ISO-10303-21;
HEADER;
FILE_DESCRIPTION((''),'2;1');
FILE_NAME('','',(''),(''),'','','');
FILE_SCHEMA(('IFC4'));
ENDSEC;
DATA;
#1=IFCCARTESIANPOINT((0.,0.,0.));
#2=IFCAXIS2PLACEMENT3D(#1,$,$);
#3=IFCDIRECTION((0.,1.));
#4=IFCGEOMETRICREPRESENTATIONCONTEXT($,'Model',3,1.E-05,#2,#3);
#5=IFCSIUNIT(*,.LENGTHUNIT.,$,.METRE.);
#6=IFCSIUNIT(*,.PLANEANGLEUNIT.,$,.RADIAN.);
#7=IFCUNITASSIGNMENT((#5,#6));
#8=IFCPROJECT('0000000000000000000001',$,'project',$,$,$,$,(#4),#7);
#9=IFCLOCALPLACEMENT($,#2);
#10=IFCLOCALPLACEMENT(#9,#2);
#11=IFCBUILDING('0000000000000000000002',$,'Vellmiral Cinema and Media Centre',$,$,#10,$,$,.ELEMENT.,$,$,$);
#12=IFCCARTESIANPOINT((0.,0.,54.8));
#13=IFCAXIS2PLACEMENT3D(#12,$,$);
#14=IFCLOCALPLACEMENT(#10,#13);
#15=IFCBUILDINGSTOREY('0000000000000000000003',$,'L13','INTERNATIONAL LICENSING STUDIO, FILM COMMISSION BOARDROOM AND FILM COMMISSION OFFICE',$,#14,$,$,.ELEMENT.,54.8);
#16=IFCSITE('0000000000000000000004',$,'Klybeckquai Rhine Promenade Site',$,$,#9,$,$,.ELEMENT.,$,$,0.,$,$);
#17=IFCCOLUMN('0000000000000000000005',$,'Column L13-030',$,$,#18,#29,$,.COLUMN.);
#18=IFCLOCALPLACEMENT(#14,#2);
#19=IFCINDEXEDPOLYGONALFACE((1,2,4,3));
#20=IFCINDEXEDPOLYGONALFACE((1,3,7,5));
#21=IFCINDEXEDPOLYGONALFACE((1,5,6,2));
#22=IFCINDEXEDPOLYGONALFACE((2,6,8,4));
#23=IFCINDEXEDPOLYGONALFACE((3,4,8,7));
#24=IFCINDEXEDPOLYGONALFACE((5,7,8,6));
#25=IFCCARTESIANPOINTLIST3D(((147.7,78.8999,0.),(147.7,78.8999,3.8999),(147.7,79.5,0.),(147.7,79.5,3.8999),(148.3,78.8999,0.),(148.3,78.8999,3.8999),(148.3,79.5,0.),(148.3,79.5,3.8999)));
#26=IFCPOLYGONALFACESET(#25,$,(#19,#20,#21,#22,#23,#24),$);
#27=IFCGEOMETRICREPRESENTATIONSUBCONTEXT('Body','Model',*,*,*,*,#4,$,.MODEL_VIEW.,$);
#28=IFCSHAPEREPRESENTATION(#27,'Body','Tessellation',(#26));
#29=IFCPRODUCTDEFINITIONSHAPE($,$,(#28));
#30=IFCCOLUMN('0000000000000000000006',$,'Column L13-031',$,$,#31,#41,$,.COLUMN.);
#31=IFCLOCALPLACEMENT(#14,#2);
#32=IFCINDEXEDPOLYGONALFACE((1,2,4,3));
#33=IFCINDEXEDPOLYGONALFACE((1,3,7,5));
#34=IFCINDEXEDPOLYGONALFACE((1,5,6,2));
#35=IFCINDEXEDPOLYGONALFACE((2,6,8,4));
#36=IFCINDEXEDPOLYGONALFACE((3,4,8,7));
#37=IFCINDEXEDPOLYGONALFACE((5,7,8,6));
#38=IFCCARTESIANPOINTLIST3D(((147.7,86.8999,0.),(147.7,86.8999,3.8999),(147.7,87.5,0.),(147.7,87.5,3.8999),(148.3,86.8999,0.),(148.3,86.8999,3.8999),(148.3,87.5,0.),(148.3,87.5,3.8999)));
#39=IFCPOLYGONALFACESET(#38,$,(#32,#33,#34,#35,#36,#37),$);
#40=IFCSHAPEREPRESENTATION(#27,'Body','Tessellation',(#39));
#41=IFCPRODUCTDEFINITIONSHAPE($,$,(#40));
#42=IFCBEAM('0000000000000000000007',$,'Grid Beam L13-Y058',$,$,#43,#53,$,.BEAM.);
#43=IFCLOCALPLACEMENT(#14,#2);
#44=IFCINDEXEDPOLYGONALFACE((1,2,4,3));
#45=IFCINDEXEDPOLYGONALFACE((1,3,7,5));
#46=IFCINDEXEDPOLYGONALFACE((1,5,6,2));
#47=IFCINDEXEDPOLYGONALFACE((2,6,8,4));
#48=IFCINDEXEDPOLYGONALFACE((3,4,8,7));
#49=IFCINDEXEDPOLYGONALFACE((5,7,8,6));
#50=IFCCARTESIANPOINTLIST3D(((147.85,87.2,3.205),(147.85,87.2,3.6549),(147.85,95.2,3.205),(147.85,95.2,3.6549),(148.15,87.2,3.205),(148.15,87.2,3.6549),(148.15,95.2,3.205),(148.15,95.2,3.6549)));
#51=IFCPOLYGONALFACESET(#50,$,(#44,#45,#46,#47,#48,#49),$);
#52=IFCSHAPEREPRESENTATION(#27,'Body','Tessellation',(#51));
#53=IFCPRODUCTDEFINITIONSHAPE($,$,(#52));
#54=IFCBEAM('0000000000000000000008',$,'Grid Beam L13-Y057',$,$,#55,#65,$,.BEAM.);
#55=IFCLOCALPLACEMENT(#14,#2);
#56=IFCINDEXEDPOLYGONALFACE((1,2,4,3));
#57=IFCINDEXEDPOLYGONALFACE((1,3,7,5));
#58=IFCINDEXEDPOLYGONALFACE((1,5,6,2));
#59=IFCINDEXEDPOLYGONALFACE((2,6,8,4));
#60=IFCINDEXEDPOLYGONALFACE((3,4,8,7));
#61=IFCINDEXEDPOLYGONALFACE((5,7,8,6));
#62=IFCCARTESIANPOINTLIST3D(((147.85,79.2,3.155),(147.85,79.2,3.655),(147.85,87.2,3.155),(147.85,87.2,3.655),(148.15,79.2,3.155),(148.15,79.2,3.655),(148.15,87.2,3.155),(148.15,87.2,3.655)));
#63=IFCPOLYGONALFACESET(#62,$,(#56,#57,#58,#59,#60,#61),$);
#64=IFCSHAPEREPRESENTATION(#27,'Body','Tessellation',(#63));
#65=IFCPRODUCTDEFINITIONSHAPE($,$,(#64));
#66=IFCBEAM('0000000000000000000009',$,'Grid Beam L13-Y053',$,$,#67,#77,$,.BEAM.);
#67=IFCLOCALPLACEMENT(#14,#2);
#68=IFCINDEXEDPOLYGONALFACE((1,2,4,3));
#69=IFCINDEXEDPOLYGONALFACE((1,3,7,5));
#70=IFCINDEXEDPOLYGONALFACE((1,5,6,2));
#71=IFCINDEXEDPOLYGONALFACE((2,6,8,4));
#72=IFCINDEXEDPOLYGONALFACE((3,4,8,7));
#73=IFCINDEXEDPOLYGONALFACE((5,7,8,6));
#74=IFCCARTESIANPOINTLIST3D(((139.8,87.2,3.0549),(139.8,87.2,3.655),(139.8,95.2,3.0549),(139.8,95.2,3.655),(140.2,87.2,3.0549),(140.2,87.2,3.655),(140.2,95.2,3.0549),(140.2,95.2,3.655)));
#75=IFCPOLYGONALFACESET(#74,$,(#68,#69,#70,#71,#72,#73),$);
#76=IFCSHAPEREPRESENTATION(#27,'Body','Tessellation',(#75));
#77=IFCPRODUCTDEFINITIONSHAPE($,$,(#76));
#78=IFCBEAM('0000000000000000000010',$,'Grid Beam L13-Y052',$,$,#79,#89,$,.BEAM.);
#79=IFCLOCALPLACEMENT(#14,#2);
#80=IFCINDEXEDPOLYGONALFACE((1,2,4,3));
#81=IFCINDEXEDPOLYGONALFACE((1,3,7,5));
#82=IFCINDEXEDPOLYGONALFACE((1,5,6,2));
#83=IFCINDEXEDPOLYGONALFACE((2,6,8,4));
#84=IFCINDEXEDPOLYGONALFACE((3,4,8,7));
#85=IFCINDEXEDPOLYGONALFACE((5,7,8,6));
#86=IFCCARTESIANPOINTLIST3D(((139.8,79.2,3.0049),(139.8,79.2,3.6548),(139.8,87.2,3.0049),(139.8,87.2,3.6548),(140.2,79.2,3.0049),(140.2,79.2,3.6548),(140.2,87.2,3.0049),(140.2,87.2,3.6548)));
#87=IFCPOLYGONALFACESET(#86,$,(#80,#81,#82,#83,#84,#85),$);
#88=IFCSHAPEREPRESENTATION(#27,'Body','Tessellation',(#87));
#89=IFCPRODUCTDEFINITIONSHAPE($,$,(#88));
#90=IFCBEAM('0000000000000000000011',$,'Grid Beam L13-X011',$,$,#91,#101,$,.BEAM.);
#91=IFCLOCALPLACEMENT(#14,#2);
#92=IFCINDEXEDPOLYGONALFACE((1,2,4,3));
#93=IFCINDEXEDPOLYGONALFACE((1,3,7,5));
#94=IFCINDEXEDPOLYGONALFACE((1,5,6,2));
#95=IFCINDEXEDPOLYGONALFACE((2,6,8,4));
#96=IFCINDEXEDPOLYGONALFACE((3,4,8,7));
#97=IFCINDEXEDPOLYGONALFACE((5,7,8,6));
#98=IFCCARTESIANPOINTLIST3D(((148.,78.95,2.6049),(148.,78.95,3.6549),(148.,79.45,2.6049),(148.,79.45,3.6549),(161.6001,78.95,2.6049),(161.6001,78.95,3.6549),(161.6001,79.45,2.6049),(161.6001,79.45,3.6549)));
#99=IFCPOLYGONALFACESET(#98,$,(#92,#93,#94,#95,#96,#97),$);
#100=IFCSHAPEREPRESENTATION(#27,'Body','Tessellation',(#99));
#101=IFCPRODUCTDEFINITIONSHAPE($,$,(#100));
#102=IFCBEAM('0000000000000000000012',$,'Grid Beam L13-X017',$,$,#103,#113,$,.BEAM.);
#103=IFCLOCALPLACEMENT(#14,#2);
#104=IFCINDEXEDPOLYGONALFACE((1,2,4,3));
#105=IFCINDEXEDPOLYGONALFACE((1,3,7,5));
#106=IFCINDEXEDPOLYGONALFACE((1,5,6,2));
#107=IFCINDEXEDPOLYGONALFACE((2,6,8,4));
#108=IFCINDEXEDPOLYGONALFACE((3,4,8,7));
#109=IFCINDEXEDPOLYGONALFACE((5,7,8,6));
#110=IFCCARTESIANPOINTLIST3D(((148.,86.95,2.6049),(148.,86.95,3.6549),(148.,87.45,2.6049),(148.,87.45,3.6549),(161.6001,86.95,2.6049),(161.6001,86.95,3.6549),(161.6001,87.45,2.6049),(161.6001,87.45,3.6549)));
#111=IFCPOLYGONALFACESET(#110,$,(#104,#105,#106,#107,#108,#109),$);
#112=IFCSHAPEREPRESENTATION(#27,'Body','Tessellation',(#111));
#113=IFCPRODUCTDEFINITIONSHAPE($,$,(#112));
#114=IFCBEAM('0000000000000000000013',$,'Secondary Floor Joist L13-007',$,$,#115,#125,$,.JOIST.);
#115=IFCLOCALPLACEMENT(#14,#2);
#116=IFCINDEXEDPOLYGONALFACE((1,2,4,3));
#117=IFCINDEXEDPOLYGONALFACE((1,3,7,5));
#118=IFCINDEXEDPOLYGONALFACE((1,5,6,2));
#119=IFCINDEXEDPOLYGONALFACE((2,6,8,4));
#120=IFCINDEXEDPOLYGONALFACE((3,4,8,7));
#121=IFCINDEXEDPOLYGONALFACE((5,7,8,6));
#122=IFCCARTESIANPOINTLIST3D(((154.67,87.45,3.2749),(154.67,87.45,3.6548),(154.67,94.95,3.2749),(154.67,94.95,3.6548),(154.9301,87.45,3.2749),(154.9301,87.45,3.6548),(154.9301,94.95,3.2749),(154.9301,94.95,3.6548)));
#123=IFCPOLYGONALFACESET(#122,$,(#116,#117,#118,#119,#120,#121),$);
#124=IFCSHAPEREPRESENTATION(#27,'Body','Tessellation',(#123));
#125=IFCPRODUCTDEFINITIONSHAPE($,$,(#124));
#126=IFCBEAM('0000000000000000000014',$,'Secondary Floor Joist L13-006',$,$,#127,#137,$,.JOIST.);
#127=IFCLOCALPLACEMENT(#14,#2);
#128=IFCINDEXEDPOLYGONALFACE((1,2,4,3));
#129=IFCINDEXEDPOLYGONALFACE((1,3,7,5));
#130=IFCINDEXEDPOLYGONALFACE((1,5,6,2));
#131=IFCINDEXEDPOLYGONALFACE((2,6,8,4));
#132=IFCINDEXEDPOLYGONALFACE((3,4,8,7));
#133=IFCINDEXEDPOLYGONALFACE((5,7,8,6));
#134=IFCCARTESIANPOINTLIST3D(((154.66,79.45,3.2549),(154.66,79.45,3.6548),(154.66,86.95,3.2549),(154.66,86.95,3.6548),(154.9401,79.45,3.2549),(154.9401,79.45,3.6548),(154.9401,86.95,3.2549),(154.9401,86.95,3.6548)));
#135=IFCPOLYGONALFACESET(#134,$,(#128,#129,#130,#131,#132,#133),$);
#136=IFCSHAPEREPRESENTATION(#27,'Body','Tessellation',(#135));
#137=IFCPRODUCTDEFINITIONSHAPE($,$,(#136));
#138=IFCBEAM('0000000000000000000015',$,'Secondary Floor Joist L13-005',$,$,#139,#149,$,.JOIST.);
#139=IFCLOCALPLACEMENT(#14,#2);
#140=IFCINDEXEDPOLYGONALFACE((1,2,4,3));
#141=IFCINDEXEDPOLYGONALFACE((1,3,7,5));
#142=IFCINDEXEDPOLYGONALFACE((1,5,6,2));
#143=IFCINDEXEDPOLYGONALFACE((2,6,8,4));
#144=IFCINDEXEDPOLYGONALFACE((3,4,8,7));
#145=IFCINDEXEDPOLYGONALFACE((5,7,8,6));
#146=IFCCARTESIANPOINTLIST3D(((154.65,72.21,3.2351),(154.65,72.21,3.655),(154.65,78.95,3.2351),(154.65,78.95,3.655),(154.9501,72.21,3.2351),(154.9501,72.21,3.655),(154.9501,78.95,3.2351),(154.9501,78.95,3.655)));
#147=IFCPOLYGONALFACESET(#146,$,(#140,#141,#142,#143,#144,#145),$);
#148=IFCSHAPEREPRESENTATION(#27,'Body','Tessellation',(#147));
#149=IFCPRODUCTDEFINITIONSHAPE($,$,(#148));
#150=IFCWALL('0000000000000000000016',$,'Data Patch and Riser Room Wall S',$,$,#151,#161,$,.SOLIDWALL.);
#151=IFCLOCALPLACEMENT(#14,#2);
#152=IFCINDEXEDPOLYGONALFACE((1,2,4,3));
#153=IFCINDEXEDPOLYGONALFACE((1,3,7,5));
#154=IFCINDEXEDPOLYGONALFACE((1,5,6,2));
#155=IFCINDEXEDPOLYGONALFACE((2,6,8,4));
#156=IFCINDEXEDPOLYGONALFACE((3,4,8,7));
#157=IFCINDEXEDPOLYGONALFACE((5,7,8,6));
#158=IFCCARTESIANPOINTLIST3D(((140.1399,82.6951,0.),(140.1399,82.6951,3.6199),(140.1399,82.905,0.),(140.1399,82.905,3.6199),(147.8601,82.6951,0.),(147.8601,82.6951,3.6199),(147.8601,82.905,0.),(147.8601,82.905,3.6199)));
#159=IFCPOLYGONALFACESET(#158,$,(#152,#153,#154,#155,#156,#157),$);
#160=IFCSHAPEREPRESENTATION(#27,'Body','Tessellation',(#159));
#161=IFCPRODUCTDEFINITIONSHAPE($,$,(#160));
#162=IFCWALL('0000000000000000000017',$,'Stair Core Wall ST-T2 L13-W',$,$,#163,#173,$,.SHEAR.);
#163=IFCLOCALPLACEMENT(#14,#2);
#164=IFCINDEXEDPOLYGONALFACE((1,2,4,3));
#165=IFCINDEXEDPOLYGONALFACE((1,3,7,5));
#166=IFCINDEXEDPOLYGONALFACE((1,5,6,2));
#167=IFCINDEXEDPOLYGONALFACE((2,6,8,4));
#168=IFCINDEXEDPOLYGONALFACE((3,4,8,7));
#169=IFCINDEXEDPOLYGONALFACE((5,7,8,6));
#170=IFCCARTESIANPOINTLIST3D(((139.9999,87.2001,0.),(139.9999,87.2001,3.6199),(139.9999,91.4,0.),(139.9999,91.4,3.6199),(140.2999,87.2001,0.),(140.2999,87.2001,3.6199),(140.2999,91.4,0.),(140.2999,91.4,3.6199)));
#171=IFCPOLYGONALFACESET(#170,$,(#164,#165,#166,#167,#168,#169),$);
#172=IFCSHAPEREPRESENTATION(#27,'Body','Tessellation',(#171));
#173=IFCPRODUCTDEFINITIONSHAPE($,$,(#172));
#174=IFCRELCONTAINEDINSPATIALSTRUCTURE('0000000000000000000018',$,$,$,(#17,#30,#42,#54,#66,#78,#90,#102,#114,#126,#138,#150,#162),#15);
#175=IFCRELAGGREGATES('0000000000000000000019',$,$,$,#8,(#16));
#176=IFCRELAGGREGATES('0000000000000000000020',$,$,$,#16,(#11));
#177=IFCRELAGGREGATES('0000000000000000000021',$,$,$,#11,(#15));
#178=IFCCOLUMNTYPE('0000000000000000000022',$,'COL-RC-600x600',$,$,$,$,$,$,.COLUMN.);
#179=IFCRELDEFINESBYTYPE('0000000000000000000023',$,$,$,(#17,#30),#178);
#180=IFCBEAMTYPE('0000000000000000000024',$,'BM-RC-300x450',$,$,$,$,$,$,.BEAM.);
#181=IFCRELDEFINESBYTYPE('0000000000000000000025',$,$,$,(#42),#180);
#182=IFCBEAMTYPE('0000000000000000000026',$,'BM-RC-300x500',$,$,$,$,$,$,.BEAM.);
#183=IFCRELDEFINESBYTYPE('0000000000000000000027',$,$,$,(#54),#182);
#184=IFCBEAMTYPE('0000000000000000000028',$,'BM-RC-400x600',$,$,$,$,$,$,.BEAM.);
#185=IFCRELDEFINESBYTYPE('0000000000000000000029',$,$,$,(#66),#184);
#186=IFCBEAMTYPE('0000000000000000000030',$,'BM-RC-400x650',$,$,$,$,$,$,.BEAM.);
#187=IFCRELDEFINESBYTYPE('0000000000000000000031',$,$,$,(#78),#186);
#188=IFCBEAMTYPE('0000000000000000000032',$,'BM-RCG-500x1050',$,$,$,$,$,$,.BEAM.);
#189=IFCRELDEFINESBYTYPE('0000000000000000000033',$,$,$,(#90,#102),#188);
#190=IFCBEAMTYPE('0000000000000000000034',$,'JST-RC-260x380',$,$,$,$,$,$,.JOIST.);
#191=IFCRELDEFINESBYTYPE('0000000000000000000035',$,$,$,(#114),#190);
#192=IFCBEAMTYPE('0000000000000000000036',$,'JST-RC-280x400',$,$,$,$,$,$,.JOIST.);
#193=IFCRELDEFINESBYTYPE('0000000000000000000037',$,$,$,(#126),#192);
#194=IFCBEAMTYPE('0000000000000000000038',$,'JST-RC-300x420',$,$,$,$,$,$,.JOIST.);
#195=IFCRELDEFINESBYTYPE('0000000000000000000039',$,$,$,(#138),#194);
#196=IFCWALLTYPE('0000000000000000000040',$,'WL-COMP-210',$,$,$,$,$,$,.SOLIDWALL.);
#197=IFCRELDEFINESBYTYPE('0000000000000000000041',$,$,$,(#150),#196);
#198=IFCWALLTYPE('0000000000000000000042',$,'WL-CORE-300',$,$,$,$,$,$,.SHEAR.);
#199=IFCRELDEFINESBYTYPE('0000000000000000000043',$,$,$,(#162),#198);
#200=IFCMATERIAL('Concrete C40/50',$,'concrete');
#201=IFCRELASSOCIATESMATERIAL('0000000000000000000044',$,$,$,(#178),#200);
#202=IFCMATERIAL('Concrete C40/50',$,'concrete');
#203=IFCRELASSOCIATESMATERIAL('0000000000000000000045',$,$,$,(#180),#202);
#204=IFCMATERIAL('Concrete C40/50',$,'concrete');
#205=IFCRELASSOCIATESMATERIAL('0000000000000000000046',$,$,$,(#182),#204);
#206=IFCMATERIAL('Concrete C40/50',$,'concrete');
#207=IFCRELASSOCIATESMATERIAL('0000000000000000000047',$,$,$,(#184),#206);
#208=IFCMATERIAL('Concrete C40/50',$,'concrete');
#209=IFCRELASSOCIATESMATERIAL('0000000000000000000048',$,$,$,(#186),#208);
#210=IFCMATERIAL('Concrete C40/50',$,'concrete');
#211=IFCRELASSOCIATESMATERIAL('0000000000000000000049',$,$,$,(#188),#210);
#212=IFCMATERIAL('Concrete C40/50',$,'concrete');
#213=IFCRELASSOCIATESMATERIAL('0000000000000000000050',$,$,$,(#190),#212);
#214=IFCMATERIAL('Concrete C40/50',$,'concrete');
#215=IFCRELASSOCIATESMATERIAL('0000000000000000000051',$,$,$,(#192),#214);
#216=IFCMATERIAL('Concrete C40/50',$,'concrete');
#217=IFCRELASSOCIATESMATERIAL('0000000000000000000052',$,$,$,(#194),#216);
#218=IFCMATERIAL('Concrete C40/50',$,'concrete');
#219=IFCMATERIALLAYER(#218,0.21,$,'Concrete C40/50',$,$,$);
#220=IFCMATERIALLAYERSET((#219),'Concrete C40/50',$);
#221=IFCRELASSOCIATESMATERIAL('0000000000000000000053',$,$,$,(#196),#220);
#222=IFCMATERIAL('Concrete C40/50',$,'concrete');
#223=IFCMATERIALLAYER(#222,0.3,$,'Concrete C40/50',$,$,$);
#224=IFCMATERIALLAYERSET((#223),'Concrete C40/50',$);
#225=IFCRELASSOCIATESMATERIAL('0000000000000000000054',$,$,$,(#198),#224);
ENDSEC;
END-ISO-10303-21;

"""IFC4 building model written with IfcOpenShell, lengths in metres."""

from ifc_helpers import new_model, si_unit, direction, frame, frame_2d, origin, origin_2d, place, context, subcontext, project, spatial, rectangle, extrude, material, layer, layer_set, material_profile, profile_set, type_object, element, save


model = new_model("IFC4")

# Units and contexts
model_context = context("Model", 3, precision=1e-05, world=origin(), true_north=direction((0.0, 1.0)))
body_context = subcontext(model_context, "Body", "Model", "MODEL_VIEW")
ifc_project = project(units=[si_unit("LENGTHUNIT", "METRE"), si_unit("PLANEANGLEUNIT", "RADIAN")], contexts=[model_context])

# Site, building, storey
site_placement = place(None, origin())
site = spatial("IfcSite", under=ifc_project, at=site_placement, Name="Klybeckquai Rhine Promenade Site", CompositionType="ELEMENT", RefElevation=0.0)
building_placement = place(site_placement, origin())
building = spatial("IfcBuilding", under=site, at=building_placement, Name="Vellmiral Cinema and Media Centre", CompositionType="ELEMENT")
storey_placement = place(building_placement, frame((0.0, 0.0, 54.8)))
storey = spatial("IfcBuildingStorey", under=building, at=storey_placement, Name="L13", Description="INTERNATIONAL LICENSING STUDIO, FILM COMMISSION BOARDROOM AND FILM COMMISSION OFFICE", CompositionType="ELEMENT", Elevation=54.8)

# Columns
ifc_material_1 = material(Name="Concrete C40/50", Category="concrete")
ifc_material_profile_1 = material_profile(ifc_material_1, rectangle(XDim=0.6001, YDim=0.6001, at=origin_2d()), Name="RC 600x600")
ifc_profile_set_1 = profile_set([ifc_material_profile_1], Name="Concrete C40/50")
column_type = type_object("IfcColumnType", Name="COL-RC-600x600", PredefinedType="COLUMN", material=ifc_profile_set_1)
for number, where, z_axis, x_axis, name in (
    (1, (148.0, 79.2, 0.0), (0.0, 0.0, 1.0), (1.0, 0.0, 0.0), "Column L13-030"),
    (2, (148.0, 87.2, 0.0), (0.0, 0.0, 1.0), (1.0, 0.0, 0.0), "Column L13-031"),
):
    element("IfcColumn", number, at=place(storey_placement, frame(where, z_axis=z_axis, x_axis=x_axis)), inside=storey, type_object=column_type, Name=name, PredefinedType="COLUMN", context=body_context, shape_type="SweptSolid", body=[
        extrude(rectangle(XDim=0.6001, YDim=0.6001, at=origin_2d()), origin(), (0.0, 0.0, 1.0), 3.8999),
    ])

# Beams
ifc_material_2 = material(Name="Concrete C40/50", Category="concrete")
ifc_material_profile_2 = material_profile(ifc_material_2, rectangle(XDim=0.3, YDim=0.45, at=origin_2d()), Name="RC 300x450")
ifc_profile_set_2 = profile_set([ifc_material_profile_2], Name="Concrete C40/50")
beam_type_1 = type_object("IfcBeamType", Name="BM-RC-300x450", PredefinedType="BEAM", material=ifc_profile_set_2)
beam_1_placement = place(storey_placement, frame((148.0, 87.2, 3.4299), z_axis=(0.0, 1.0, 0.0), x_axis=(-1.0, 0.0, 0.0)))
element("IfcBeam", 3, at=beam_1_placement, inside=storey, type_object=beam_type_1, Name="Grid Beam L13-Y058", PredefinedType="BEAM", context=body_context, shape_type="SweptSolid", body=[
    extrude(rectangle(XDim=0.3, YDim=0.45, at=origin_2d()), origin(), (0.0, 0.0, 1.0), 8.0),
])
ifc_material_3 = material(Name="Concrete C40/50", Category="concrete")
ifc_material_profile_3 = material_profile(ifc_material_3, rectangle(XDim=0.3, YDim=0.5, at=origin_2d()), Name="RC 300x500")
ifc_profile_set_3 = profile_set([ifc_material_profile_3], Name="Concrete C40/50")
beam_type_2 = type_object("IfcBeamType", Name="BM-RC-300x500", PredefinedType="BEAM", material=ifc_profile_set_3)
beam_2_placement = place(storey_placement, frame((148.0, 79.2, 3.405), z_axis=(0.0, 1.0, 0.0), x_axis=(-1.0, 0.0, 0.0)))
element("IfcBeam", 4, at=beam_2_placement, inside=storey, type_object=beam_type_2, Name="Grid Beam L13-Y057", PredefinedType="BEAM", context=body_context, shape_type="SweptSolid", body=[
    extrude(rectangle(XDim=0.3, YDim=0.5, at=origin_2d()), origin(), (0.0, 0.0, 1.0), 8.0),
])
ifc_material_4 = material(Name="Concrete C40/50", Category="concrete")
ifc_material_profile_4 = material_profile(ifc_material_4, rectangle(XDim=0.3999, YDim=0.6001, at=origin_2d()), Name="RC 400x600")
ifc_profile_set_4 = profile_set([ifc_material_profile_4], Name="Concrete C40/50")
beam_type_3 = type_object("IfcBeamType", Name="BM-RC-400x600", PredefinedType="BEAM", material=ifc_profile_set_4)
beam_3_placement = place(storey_placement, frame((140.0, 87.2, 3.355), z_axis=(0.0, 1.0, 0.0), x_axis=(-1.0, 0.0, 0.0)))
element("IfcBeam", 5, at=beam_3_placement, inside=storey, type_object=beam_type_3, Name="Grid Beam L13-Y053", PredefinedType="BEAM", context=body_context, shape_type="SweptSolid", body=[
    extrude(rectangle(XDim=0.3999, YDim=0.6001, at=origin_2d()), origin(), (0.0, 0.0, 1.0), 8.0),
])
ifc_material_5 = material(Name="Concrete C40/50", Category="concrete")
ifc_material_profile_5 = material_profile(ifc_material_5, rectangle(XDim=0.3999, YDim=0.6499, at=origin_2d()), Name="RC 400x650")
ifc_profile_set_5 = profile_set([ifc_material_profile_5], Name="Concrete C40/50")
beam_type_4 = type_object("IfcBeamType", Name="BM-RC-400x650", PredefinedType="BEAM", material=ifc_profile_set_5)
beam_4_placement = place(storey_placement, frame((140.0, 79.2, 3.3298), z_axis=(0.0, 1.0, 0.0), x_axis=(-1.0, 0.0, 0.0)))
element("IfcBeam", 6, at=beam_4_placement, inside=storey, type_object=beam_type_4, Name="Grid Beam L13-Y052", PredefinedType="BEAM", context=body_context, shape_type="SweptSolid", body=[
    extrude(rectangle(XDim=0.3999, YDim=0.6499, at=origin_2d()), origin(), (0.0, 0.0, 1.0), 8.0),
])
ifc_material_6 = material(Name="Concrete C40/50", Category="concrete")
ifc_material_profile_6 = material_profile(ifc_material_6, rectangle(XDim=0.5, YDim=1.05, at=origin_2d()), Name="RC 500x1050")
ifc_profile_set_6 = profile_set([ifc_material_profile_6], Name="Concrete C40/50")
beam_type_5 = type_object("IfcBeamType", Name="BM-RCG-500x1050", PredefinedType="BEAM", material=ifc_profile_set_6)
for number, where, z_axis, x_axis, name in (
    (7, (148.0, 79.2, 3.1299), (1.0, 0.0, 0.0), (0.0, 1.0, 0.0), "Grid Beam L13-X011"),
    (8, (148.0, 87.2, 3.1299), (1.0, 0.0, 0.0), (0.0, 1.0, 0.0), "Grid Beam L13-X017"),
):
    element("IfcBeam", number, at=place(storey_placement, frame(where, z_axis=z_axis, x_axis=x_axis)), inside=storey, type_object=beam_type_5, Name=name, PredefinedType="BEAM", context=body_context, shape_type="SweptSolid", body=[
        extrude(rectangle(XDim=0.5, YDim=1.05, at=origin_2d()), origin(), (0.0, 0.0, 1.0), 13.6001),
    ])
ifc_material_7 = material(Name="Concrete C40/50", Category="concrete")
ifc_material_profile_7 = material_profile(ifc_material_7, rectangle(XDim=0.26, YDim=0.3799, at=origin_2d()), Name="RC 260x380")
ifc_profile_set_7 = profile_set([ifc_material_profile_7], Name="Concrete C40/50")
beam_type_6 = type_object("IfcBeamType", Name="JST-RC-260x380", PredefinedType="JOIST", material=ifc_profile_set_7)
beam_5_placement = place(storey_placement, frame((154.8, 87.45, 3.4648), z_axis=(0.0, 1.0, 0.0), x_axis=(-1.0, 0.0, 0.0)))
element("IfcBeam", 9, at=beam_5_placement, inside=storey, type_object=beam_type_6, Name="Secondary Floor Joist L13-007", PredefinedType="JOIST", context=body_context, shape_type="SweptSolid", body=[
    extrude(rectangle(XDim=0.26, YDim=0.3799, at=origin_2d()), origin(), (0.0, 0.0, 1.0), 7.5),
])
ifc_material_8 = material(Name="Concrete C40/50", Category="concrete")
ifc_material_profile_8 = material_profile(ifc_material_8, rectangle(XDim=0.28, YDim=0.3999, at=origin_2d()), Name="RC 280x400")
ifc_profile_set_8 = profile_set([ifc_material_profile_8], Name="Concrete C40/50")
beam_type_7 = type_object("IfcBeamType", Name="JST-RC-280x400", PredefinedType="JOIST", material=ifc_profile_set_8)
beam_6_placement = place(storey_placement, frame((154.8, 79.45, 3.4548), z_axis=(0.0, 1.0, 0.0), x_axis=(-1.0, 0.0, 0.0)))
element("IfcBeam", 10, at=beam_6_placement, inside=storey, type_object=beam_type_7, Name="Secondary Floor Joist L13-006", PredefinedType="JOIST", context=body_context, shape_type="SweptSolid", body=[
    extrude(rectangle(XDim=0.28, YDim=0.3999, at=origin_2d()), origin(), (0.0, 0.0, 1.0), 7.5),
])
ifc_material_9 = material(Name="Concrete C40/50", Category="concrete")
ifc_material_profile_9 = material_profile(ifc_material_9, rectangle(XDim=0.3, YDim=0.4199, at=origin_2d()), Name="RC 300x420")
ifc_profile_set_9 = profile_set([ifc_material_profile_9], Name="Concrete C40/50")
beam_type_8 = type_object("IfcBeamType", Name="JST-RC-300x420", PredefinedType="JOIST", material=ifc_profile_set_9)
beam_7_placement = place(storey_placement, frame((154.8, 72.21, 3.4451), z_axis=(0.0, 1.0, 0.0), x_axis=(-1.0, 0.0, 0.0)))
element("IfcBeam", 11, at=beam_7_placement, inside=storey, type_object=beam_type_8, Name="Secondary Floor Joist L13-005", PredefinedType="JOIST", context=body_context, shape_type="SweptSolid", body=[
    extrude(rectangle(XDim=0.3, YDim=0.4199, at=origin_2d()), origin(), (0.0, 0.0, 1.0), 6.74),
])

# Wall
ifc_material_10 = material(Name="Concrete C40/50", Category="concrete")
ifc_layer_1 = layer(ifc_material_10, 0.21, Name="Concrete C40/50")
ifc_layer_set_1 = layer_set([ifc_layer_1], Name="Concrete C40/50")
wall_type_1 = type_object("IfcWallType", Name="WL-COMP-210", PredefinedType="SOLIDWALL", material=ifc_layer_set_1)
wall_1_placement = place(storey_placement, frame((140.1399, 82.8, 0.0), z_axis=(0.0, 0.0, 1.0), x_axis=(1.0, 0.0, 0.0)))
element("IfcWall", 12, at=wall_1_placement, inside=storey, type_object=wall_type_1, Name="Data Patch and Riser Room Wall S", PredefinedType="SOLIDWALL", context=body_context, shape_type="SweptSolid", body=[
    extrude(rectangle(XDim=7.7202, YDim=0.21, at=frame_2d((3.8601, 0.0))), origin(), (0.0, 0.0, 1.0), 3.6199),
])

# Wall
ifc_material_11 = material(Name="Concrete C40/50", Category="concrete")
ifc_layer_2 = layer(ifc_material_11, 0.3, Name="Concrete C40/50")
ifc_layer_set_2 = layer_set([ifc_layer_2], Name="Concrete C40/50")
wall_type_2 = type_object("IfcWallType", Name="WL-CORE-300", PredefinedType="SHEAR", material=ifc_layer_set_2)
for number, where, z_axis, x_axis, name in (
    (13, (140.1499, 87.2, 0.0), (0.0, 0.0, 1.0), (0.0, 1.0, 0.0), "Stair Core Wall ST-T2 L13-W"),
):
    element("IfcWall", number, at=place(storey_placement, frame(where, z_axis=z_axis, x_axis=x_axis)), inside=storey, type_object=wall_type_2, Name=name, PredefinedType="SHEAR", context=body_context, shape_type="SweptSolid", body=[
        extrude(rectangle(XDim=4.2, YDim=0.3, at=frame_2d((2.1001, 0.0))), origin(), (0.0, 0.0, 1.0), 3.6199),
    ])

save(model, "model.ifc")
